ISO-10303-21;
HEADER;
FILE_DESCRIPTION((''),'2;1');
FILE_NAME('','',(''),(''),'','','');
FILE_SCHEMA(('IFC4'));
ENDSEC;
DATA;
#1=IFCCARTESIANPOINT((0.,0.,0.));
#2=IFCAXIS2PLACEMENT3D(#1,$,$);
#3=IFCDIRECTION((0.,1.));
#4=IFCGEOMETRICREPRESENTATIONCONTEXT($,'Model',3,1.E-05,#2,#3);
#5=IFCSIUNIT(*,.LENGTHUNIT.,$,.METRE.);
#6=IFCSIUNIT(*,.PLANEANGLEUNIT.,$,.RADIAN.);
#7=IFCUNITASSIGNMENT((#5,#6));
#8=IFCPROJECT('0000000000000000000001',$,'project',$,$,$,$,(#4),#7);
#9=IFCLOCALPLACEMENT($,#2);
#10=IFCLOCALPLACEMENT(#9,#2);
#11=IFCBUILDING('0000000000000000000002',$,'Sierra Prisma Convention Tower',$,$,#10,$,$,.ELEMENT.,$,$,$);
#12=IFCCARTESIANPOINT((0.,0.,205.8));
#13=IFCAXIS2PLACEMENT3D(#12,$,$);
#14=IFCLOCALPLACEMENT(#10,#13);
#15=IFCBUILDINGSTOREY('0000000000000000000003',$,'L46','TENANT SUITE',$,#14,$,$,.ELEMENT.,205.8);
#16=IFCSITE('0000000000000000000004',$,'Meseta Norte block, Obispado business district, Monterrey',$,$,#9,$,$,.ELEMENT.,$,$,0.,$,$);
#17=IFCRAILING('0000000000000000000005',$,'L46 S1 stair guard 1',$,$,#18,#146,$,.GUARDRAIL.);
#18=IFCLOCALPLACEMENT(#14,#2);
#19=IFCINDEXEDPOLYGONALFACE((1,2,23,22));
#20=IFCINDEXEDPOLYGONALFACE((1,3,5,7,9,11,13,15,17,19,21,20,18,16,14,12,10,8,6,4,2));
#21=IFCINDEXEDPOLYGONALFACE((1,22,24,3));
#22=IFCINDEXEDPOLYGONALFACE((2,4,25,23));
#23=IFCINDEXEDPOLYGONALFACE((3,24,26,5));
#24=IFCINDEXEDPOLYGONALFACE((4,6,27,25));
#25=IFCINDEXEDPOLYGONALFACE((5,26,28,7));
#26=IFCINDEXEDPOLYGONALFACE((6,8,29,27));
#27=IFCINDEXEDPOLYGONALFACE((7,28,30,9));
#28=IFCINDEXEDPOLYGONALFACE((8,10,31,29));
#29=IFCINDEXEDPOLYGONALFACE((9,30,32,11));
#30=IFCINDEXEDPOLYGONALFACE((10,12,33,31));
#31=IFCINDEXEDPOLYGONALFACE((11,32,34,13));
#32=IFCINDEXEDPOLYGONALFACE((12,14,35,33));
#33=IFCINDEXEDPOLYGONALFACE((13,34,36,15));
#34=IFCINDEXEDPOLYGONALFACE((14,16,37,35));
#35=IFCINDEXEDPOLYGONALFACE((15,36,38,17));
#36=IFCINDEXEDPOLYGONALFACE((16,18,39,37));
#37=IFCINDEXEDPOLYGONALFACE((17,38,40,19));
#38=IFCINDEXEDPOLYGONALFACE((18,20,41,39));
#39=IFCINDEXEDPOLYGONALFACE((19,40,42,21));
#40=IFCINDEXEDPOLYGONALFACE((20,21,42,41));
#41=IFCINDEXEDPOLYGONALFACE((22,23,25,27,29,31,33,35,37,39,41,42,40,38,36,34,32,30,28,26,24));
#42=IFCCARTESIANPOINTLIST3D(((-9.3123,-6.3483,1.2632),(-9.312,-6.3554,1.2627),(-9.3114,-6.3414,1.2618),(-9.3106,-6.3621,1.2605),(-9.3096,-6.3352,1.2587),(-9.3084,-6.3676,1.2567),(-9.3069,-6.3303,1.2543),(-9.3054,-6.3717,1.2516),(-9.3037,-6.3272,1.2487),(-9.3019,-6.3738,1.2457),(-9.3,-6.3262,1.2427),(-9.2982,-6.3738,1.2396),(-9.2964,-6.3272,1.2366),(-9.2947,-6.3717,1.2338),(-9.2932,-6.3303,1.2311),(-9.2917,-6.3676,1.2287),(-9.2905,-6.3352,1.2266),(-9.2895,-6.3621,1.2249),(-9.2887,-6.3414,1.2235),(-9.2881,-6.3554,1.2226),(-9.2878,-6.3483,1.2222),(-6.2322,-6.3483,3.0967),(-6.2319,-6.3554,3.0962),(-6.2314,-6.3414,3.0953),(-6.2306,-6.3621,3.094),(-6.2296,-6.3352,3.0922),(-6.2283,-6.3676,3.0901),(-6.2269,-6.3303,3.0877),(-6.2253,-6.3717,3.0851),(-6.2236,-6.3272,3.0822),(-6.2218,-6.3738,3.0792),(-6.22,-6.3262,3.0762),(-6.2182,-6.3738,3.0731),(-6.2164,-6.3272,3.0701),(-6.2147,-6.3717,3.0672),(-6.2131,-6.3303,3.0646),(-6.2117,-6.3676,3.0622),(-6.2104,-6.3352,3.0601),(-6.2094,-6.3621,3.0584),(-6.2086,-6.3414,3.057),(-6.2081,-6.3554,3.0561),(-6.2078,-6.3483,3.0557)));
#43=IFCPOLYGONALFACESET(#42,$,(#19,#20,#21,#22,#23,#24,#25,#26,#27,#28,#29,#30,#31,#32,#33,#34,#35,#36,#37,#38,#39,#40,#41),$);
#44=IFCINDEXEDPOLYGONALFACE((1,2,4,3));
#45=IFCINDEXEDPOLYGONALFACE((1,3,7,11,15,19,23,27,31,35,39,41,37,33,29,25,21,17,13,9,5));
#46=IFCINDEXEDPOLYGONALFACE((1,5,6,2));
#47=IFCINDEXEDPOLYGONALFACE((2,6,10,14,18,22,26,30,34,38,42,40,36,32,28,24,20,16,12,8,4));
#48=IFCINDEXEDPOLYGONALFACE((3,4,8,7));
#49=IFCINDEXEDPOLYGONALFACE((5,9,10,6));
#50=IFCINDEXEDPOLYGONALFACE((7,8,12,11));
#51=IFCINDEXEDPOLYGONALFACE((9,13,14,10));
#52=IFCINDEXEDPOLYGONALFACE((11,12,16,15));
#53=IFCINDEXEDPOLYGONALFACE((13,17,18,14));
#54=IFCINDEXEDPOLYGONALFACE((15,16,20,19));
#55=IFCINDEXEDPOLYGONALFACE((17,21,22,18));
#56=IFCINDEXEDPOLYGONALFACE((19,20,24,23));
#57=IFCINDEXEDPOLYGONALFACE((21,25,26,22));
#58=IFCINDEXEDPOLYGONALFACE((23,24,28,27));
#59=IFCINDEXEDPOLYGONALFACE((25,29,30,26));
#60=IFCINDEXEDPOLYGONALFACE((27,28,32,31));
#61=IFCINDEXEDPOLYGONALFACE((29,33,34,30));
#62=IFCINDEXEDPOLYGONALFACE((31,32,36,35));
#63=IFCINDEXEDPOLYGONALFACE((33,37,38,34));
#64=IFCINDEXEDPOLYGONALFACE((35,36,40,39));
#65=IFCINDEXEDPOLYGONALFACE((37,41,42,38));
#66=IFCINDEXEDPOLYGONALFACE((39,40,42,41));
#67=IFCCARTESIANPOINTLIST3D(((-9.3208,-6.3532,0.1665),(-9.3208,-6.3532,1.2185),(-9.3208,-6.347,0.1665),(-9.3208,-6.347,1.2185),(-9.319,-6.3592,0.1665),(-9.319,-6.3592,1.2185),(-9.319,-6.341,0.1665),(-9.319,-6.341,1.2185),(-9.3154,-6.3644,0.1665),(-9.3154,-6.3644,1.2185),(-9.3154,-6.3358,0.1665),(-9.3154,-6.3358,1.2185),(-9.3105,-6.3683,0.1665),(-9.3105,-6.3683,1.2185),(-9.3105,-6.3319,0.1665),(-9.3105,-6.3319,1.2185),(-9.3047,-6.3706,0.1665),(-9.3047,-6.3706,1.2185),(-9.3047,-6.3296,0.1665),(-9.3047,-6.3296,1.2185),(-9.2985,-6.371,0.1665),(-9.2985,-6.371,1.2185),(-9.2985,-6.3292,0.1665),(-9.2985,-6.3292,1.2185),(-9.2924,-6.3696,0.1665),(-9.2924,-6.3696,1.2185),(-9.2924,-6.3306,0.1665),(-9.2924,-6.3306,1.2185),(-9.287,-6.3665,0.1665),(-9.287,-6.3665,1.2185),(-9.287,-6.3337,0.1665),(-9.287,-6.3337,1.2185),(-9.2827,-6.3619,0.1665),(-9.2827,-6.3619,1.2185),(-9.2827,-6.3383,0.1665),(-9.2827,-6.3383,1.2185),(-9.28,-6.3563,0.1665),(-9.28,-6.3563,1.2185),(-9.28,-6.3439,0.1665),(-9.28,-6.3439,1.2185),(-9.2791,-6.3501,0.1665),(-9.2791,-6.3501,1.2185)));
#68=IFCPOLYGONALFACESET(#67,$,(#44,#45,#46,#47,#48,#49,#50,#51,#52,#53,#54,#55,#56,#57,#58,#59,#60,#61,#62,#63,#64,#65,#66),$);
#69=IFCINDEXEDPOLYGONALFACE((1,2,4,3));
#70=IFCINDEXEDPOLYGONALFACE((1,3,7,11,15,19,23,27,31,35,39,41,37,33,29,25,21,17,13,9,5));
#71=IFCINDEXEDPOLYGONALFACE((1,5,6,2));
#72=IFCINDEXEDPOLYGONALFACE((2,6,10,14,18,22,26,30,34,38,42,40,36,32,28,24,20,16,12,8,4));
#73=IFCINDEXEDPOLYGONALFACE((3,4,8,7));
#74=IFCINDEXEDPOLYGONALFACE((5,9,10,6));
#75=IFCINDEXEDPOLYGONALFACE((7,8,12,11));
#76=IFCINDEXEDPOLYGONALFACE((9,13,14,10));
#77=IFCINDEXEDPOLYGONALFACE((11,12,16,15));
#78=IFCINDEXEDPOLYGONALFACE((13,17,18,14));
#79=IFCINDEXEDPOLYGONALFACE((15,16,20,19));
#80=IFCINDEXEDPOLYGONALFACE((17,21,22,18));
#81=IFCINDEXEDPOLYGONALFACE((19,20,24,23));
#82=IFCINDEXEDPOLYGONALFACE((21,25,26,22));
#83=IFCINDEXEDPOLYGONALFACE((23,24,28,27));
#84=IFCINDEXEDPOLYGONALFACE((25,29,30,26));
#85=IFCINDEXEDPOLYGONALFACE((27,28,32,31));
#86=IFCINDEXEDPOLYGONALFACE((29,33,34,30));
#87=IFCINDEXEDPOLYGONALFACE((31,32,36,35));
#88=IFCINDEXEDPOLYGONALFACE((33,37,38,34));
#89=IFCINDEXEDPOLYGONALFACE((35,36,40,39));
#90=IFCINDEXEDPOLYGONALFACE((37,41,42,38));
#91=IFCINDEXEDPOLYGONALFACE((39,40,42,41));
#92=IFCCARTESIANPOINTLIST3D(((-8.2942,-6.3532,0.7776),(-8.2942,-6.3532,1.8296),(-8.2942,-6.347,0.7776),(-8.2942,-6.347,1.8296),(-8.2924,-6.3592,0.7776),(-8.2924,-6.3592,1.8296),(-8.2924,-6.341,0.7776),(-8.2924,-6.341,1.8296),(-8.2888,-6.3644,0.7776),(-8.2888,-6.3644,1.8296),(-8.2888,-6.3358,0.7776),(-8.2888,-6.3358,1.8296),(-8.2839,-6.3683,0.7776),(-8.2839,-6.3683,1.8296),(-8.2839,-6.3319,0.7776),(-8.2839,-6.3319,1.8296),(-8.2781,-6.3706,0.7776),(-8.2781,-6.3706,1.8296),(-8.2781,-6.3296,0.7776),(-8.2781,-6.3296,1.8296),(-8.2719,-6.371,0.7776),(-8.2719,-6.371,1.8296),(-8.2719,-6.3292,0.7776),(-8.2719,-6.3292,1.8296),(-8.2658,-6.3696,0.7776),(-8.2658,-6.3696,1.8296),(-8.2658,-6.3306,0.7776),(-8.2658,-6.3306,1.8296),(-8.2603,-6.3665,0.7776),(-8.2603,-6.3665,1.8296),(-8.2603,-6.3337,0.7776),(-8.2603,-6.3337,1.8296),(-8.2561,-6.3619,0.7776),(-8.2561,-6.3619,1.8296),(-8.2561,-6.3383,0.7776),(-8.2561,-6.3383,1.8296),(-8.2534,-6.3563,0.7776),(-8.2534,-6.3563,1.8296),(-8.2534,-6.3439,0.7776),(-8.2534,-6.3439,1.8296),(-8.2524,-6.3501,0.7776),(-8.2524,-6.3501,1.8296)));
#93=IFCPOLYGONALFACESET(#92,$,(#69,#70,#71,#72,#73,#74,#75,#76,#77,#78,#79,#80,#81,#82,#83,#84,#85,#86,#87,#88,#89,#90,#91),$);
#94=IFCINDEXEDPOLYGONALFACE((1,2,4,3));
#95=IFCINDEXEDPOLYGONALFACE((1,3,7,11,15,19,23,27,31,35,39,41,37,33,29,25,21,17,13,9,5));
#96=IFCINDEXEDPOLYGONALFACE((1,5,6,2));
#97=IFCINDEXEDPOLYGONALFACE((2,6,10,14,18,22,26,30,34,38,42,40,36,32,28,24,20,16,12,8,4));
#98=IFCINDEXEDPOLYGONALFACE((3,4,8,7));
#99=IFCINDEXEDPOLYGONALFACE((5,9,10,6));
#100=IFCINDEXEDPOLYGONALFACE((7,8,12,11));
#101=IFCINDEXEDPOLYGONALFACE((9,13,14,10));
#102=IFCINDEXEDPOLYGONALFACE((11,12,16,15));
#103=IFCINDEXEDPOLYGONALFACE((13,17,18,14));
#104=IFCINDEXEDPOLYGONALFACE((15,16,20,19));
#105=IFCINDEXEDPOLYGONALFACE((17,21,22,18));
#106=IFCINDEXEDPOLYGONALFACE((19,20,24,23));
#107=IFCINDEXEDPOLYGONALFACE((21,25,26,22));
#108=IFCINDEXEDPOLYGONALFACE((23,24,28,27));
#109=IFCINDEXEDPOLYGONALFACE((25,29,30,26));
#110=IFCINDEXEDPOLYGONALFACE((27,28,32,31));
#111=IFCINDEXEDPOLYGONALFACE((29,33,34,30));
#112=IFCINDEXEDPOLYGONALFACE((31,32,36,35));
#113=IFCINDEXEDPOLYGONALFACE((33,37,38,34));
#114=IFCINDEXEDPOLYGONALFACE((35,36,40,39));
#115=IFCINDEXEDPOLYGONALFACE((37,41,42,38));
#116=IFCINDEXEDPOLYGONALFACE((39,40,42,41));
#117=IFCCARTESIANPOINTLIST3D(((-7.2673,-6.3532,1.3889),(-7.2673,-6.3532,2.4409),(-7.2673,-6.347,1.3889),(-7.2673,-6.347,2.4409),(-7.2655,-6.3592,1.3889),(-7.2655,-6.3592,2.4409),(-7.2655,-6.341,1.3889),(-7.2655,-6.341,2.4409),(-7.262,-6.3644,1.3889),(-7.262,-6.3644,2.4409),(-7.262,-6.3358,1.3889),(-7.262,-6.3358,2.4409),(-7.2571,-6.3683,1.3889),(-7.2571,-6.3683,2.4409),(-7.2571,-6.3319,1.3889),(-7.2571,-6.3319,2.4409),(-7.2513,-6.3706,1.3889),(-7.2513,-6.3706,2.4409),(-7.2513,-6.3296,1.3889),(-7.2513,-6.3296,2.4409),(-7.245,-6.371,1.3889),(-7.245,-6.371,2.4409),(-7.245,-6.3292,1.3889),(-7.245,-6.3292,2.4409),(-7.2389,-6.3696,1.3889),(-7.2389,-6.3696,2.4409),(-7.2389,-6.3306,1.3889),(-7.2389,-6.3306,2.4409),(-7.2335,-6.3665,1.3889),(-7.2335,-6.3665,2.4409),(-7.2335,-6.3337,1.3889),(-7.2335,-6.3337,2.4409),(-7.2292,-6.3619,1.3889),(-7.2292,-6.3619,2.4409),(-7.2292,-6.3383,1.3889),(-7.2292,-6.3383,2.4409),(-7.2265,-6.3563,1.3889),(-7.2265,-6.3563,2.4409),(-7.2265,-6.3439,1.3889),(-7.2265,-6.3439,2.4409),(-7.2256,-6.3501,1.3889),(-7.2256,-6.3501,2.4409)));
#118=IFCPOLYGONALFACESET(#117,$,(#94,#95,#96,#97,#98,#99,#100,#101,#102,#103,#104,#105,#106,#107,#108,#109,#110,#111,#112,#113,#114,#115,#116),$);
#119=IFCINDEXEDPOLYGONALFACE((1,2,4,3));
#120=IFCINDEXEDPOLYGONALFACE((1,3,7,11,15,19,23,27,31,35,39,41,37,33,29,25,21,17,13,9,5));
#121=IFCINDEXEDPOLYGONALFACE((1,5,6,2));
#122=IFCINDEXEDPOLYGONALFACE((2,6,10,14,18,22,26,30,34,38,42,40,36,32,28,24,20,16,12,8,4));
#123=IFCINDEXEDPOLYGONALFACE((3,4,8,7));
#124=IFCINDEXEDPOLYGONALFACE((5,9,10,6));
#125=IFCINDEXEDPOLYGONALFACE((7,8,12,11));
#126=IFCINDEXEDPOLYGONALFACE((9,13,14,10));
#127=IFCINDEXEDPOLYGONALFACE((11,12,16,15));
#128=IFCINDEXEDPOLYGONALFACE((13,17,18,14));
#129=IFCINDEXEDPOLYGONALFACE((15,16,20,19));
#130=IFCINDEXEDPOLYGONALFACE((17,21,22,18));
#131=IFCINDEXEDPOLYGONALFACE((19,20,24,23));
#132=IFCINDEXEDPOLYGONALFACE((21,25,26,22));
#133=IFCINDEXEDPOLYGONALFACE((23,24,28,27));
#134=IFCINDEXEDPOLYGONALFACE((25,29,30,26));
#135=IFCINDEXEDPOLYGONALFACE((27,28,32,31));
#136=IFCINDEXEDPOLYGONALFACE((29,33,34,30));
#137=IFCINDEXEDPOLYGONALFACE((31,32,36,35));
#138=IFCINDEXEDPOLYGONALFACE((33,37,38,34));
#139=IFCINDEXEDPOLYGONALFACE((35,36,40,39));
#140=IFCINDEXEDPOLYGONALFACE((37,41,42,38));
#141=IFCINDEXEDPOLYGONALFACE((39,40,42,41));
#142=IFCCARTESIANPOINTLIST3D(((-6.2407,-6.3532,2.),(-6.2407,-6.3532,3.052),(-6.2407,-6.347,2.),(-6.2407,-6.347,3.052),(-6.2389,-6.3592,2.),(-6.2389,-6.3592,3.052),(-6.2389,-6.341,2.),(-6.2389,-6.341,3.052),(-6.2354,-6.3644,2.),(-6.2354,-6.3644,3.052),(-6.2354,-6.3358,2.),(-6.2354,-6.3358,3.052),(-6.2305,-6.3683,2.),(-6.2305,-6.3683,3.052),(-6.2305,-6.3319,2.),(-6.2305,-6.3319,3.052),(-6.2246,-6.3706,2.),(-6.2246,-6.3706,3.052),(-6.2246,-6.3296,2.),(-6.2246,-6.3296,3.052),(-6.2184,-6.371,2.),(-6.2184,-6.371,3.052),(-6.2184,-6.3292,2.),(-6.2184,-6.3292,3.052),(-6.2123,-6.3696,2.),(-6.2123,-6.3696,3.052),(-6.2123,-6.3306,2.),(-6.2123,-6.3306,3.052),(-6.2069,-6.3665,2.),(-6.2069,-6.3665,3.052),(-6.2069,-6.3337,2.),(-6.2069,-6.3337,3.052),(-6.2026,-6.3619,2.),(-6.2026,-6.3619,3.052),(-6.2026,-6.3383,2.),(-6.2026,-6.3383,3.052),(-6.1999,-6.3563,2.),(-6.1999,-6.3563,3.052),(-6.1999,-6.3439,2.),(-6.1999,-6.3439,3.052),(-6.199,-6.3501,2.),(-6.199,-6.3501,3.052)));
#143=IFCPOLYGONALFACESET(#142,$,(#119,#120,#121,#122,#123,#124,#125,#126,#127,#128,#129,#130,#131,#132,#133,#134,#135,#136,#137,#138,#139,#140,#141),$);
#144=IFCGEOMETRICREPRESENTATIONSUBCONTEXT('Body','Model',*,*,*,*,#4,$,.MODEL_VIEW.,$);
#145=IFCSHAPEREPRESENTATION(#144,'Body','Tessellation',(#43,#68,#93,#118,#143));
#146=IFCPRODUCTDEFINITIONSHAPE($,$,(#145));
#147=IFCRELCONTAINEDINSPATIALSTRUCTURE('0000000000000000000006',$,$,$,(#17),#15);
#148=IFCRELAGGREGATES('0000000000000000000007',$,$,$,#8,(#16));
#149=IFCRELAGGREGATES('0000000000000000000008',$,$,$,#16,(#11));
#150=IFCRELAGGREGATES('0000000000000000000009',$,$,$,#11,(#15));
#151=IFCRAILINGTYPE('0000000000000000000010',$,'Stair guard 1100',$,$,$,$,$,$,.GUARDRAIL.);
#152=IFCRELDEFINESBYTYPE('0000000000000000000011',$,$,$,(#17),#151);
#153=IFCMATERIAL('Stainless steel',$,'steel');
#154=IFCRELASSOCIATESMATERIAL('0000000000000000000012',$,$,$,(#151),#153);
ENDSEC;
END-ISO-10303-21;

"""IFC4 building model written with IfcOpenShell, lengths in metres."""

from ifc_helpers import new_model, si_unit, direction, frame, origin, origin_2d, place, context, subcontext, project, spatial, circle, extrude, material, type_object, element, save


model = new_model("IFC4")

# Units and contexts
model_context = context("Model", 3, precision=1e-05, world=origin(), true_north=direction((0.0, 1.0)))
body_context = subcontext(model_context, "Body", "Model", "MODEL_VIEW")
ifc_project = project(units=[si_unit("LENGTHUNIT", "METRE"), si_unit("PLANEANGLEUNIT", "RADIAN")], contexts=[model_context])

# Site, building, storey
site_placement = place(None, origin())
site = spatial("IfcSite", under=ifc_project, at=site_placement, Name="Meseta Norte block, Obispado business district, Monterrey", CompositionType="ELEMENT", RefElevation=0.0)
building_placement = place(site_placement, origin())
building = spatial("IfcBuilding", under=site, at=building_placement, Name="Sierra Prisma Convention Tower", CompositionType="ELEMENT")
storey_placement = place(building_placement, frame((0.0, 0.0, 205.8)))
storey = spatial("IfcBuildingStorey", under=building, at=storey_placement, Name="L46", Description="TENANT SUITE", CompositionType="ELEMENT", Elevation=205.8)

# Railing
ifc_material_1 = material(Name="Stainless steel", Category="steel")
railing_type_1 = type_object("IfcRailingType", Name="Stair guard 1100", PredefinedType="GUARDRAIL", material=ifc_material_1)
railing_1_placement = place(storey_placement, frame((-9.3, -6.3501, 0.1665)))
element("IfcRailing", 1, at=railing_1_placement, inside=storey, type_object=railing_type_1, Name="L46 S1 stair guard 1", PredefinedType="GUARDRAIL", context=body_context, shape_type="SweptSolid", body=[
    extrude(circle(Radius=0.0239, at=origin_2d()), frame((0.0, 0.0, 1.0762), z_axis=(0.859279, 0.0, 0.511508), x_axis=(0.0, 1.0, 0.0)), (0.0, 0.0, 1.0), 3.5845),
    extrude(circle(Radius=0.021, at=origin_2d()), origin(), (0.0, 0.0, 1.0), 1.052),
    extrude(circle(Radius=0.021, at=origin_2d()), frame((1.0266, 0.0, 0.6111)), (0.0, 0.0, 1.0), 1.052),
    extrude(circle(Radius=0.021, at=origin_2d()), frame((2.0535, 0.0, 1.2224)), (0.0, 0.0, 1.0), 1.052),
    extrude(circle(Radius=0.021, at=origin_2d()), frame((3.0801, 0.0, 1.8335)), (0.0, 0.0, 1.0), 1.052),
])

save(model, "model.ifc")
